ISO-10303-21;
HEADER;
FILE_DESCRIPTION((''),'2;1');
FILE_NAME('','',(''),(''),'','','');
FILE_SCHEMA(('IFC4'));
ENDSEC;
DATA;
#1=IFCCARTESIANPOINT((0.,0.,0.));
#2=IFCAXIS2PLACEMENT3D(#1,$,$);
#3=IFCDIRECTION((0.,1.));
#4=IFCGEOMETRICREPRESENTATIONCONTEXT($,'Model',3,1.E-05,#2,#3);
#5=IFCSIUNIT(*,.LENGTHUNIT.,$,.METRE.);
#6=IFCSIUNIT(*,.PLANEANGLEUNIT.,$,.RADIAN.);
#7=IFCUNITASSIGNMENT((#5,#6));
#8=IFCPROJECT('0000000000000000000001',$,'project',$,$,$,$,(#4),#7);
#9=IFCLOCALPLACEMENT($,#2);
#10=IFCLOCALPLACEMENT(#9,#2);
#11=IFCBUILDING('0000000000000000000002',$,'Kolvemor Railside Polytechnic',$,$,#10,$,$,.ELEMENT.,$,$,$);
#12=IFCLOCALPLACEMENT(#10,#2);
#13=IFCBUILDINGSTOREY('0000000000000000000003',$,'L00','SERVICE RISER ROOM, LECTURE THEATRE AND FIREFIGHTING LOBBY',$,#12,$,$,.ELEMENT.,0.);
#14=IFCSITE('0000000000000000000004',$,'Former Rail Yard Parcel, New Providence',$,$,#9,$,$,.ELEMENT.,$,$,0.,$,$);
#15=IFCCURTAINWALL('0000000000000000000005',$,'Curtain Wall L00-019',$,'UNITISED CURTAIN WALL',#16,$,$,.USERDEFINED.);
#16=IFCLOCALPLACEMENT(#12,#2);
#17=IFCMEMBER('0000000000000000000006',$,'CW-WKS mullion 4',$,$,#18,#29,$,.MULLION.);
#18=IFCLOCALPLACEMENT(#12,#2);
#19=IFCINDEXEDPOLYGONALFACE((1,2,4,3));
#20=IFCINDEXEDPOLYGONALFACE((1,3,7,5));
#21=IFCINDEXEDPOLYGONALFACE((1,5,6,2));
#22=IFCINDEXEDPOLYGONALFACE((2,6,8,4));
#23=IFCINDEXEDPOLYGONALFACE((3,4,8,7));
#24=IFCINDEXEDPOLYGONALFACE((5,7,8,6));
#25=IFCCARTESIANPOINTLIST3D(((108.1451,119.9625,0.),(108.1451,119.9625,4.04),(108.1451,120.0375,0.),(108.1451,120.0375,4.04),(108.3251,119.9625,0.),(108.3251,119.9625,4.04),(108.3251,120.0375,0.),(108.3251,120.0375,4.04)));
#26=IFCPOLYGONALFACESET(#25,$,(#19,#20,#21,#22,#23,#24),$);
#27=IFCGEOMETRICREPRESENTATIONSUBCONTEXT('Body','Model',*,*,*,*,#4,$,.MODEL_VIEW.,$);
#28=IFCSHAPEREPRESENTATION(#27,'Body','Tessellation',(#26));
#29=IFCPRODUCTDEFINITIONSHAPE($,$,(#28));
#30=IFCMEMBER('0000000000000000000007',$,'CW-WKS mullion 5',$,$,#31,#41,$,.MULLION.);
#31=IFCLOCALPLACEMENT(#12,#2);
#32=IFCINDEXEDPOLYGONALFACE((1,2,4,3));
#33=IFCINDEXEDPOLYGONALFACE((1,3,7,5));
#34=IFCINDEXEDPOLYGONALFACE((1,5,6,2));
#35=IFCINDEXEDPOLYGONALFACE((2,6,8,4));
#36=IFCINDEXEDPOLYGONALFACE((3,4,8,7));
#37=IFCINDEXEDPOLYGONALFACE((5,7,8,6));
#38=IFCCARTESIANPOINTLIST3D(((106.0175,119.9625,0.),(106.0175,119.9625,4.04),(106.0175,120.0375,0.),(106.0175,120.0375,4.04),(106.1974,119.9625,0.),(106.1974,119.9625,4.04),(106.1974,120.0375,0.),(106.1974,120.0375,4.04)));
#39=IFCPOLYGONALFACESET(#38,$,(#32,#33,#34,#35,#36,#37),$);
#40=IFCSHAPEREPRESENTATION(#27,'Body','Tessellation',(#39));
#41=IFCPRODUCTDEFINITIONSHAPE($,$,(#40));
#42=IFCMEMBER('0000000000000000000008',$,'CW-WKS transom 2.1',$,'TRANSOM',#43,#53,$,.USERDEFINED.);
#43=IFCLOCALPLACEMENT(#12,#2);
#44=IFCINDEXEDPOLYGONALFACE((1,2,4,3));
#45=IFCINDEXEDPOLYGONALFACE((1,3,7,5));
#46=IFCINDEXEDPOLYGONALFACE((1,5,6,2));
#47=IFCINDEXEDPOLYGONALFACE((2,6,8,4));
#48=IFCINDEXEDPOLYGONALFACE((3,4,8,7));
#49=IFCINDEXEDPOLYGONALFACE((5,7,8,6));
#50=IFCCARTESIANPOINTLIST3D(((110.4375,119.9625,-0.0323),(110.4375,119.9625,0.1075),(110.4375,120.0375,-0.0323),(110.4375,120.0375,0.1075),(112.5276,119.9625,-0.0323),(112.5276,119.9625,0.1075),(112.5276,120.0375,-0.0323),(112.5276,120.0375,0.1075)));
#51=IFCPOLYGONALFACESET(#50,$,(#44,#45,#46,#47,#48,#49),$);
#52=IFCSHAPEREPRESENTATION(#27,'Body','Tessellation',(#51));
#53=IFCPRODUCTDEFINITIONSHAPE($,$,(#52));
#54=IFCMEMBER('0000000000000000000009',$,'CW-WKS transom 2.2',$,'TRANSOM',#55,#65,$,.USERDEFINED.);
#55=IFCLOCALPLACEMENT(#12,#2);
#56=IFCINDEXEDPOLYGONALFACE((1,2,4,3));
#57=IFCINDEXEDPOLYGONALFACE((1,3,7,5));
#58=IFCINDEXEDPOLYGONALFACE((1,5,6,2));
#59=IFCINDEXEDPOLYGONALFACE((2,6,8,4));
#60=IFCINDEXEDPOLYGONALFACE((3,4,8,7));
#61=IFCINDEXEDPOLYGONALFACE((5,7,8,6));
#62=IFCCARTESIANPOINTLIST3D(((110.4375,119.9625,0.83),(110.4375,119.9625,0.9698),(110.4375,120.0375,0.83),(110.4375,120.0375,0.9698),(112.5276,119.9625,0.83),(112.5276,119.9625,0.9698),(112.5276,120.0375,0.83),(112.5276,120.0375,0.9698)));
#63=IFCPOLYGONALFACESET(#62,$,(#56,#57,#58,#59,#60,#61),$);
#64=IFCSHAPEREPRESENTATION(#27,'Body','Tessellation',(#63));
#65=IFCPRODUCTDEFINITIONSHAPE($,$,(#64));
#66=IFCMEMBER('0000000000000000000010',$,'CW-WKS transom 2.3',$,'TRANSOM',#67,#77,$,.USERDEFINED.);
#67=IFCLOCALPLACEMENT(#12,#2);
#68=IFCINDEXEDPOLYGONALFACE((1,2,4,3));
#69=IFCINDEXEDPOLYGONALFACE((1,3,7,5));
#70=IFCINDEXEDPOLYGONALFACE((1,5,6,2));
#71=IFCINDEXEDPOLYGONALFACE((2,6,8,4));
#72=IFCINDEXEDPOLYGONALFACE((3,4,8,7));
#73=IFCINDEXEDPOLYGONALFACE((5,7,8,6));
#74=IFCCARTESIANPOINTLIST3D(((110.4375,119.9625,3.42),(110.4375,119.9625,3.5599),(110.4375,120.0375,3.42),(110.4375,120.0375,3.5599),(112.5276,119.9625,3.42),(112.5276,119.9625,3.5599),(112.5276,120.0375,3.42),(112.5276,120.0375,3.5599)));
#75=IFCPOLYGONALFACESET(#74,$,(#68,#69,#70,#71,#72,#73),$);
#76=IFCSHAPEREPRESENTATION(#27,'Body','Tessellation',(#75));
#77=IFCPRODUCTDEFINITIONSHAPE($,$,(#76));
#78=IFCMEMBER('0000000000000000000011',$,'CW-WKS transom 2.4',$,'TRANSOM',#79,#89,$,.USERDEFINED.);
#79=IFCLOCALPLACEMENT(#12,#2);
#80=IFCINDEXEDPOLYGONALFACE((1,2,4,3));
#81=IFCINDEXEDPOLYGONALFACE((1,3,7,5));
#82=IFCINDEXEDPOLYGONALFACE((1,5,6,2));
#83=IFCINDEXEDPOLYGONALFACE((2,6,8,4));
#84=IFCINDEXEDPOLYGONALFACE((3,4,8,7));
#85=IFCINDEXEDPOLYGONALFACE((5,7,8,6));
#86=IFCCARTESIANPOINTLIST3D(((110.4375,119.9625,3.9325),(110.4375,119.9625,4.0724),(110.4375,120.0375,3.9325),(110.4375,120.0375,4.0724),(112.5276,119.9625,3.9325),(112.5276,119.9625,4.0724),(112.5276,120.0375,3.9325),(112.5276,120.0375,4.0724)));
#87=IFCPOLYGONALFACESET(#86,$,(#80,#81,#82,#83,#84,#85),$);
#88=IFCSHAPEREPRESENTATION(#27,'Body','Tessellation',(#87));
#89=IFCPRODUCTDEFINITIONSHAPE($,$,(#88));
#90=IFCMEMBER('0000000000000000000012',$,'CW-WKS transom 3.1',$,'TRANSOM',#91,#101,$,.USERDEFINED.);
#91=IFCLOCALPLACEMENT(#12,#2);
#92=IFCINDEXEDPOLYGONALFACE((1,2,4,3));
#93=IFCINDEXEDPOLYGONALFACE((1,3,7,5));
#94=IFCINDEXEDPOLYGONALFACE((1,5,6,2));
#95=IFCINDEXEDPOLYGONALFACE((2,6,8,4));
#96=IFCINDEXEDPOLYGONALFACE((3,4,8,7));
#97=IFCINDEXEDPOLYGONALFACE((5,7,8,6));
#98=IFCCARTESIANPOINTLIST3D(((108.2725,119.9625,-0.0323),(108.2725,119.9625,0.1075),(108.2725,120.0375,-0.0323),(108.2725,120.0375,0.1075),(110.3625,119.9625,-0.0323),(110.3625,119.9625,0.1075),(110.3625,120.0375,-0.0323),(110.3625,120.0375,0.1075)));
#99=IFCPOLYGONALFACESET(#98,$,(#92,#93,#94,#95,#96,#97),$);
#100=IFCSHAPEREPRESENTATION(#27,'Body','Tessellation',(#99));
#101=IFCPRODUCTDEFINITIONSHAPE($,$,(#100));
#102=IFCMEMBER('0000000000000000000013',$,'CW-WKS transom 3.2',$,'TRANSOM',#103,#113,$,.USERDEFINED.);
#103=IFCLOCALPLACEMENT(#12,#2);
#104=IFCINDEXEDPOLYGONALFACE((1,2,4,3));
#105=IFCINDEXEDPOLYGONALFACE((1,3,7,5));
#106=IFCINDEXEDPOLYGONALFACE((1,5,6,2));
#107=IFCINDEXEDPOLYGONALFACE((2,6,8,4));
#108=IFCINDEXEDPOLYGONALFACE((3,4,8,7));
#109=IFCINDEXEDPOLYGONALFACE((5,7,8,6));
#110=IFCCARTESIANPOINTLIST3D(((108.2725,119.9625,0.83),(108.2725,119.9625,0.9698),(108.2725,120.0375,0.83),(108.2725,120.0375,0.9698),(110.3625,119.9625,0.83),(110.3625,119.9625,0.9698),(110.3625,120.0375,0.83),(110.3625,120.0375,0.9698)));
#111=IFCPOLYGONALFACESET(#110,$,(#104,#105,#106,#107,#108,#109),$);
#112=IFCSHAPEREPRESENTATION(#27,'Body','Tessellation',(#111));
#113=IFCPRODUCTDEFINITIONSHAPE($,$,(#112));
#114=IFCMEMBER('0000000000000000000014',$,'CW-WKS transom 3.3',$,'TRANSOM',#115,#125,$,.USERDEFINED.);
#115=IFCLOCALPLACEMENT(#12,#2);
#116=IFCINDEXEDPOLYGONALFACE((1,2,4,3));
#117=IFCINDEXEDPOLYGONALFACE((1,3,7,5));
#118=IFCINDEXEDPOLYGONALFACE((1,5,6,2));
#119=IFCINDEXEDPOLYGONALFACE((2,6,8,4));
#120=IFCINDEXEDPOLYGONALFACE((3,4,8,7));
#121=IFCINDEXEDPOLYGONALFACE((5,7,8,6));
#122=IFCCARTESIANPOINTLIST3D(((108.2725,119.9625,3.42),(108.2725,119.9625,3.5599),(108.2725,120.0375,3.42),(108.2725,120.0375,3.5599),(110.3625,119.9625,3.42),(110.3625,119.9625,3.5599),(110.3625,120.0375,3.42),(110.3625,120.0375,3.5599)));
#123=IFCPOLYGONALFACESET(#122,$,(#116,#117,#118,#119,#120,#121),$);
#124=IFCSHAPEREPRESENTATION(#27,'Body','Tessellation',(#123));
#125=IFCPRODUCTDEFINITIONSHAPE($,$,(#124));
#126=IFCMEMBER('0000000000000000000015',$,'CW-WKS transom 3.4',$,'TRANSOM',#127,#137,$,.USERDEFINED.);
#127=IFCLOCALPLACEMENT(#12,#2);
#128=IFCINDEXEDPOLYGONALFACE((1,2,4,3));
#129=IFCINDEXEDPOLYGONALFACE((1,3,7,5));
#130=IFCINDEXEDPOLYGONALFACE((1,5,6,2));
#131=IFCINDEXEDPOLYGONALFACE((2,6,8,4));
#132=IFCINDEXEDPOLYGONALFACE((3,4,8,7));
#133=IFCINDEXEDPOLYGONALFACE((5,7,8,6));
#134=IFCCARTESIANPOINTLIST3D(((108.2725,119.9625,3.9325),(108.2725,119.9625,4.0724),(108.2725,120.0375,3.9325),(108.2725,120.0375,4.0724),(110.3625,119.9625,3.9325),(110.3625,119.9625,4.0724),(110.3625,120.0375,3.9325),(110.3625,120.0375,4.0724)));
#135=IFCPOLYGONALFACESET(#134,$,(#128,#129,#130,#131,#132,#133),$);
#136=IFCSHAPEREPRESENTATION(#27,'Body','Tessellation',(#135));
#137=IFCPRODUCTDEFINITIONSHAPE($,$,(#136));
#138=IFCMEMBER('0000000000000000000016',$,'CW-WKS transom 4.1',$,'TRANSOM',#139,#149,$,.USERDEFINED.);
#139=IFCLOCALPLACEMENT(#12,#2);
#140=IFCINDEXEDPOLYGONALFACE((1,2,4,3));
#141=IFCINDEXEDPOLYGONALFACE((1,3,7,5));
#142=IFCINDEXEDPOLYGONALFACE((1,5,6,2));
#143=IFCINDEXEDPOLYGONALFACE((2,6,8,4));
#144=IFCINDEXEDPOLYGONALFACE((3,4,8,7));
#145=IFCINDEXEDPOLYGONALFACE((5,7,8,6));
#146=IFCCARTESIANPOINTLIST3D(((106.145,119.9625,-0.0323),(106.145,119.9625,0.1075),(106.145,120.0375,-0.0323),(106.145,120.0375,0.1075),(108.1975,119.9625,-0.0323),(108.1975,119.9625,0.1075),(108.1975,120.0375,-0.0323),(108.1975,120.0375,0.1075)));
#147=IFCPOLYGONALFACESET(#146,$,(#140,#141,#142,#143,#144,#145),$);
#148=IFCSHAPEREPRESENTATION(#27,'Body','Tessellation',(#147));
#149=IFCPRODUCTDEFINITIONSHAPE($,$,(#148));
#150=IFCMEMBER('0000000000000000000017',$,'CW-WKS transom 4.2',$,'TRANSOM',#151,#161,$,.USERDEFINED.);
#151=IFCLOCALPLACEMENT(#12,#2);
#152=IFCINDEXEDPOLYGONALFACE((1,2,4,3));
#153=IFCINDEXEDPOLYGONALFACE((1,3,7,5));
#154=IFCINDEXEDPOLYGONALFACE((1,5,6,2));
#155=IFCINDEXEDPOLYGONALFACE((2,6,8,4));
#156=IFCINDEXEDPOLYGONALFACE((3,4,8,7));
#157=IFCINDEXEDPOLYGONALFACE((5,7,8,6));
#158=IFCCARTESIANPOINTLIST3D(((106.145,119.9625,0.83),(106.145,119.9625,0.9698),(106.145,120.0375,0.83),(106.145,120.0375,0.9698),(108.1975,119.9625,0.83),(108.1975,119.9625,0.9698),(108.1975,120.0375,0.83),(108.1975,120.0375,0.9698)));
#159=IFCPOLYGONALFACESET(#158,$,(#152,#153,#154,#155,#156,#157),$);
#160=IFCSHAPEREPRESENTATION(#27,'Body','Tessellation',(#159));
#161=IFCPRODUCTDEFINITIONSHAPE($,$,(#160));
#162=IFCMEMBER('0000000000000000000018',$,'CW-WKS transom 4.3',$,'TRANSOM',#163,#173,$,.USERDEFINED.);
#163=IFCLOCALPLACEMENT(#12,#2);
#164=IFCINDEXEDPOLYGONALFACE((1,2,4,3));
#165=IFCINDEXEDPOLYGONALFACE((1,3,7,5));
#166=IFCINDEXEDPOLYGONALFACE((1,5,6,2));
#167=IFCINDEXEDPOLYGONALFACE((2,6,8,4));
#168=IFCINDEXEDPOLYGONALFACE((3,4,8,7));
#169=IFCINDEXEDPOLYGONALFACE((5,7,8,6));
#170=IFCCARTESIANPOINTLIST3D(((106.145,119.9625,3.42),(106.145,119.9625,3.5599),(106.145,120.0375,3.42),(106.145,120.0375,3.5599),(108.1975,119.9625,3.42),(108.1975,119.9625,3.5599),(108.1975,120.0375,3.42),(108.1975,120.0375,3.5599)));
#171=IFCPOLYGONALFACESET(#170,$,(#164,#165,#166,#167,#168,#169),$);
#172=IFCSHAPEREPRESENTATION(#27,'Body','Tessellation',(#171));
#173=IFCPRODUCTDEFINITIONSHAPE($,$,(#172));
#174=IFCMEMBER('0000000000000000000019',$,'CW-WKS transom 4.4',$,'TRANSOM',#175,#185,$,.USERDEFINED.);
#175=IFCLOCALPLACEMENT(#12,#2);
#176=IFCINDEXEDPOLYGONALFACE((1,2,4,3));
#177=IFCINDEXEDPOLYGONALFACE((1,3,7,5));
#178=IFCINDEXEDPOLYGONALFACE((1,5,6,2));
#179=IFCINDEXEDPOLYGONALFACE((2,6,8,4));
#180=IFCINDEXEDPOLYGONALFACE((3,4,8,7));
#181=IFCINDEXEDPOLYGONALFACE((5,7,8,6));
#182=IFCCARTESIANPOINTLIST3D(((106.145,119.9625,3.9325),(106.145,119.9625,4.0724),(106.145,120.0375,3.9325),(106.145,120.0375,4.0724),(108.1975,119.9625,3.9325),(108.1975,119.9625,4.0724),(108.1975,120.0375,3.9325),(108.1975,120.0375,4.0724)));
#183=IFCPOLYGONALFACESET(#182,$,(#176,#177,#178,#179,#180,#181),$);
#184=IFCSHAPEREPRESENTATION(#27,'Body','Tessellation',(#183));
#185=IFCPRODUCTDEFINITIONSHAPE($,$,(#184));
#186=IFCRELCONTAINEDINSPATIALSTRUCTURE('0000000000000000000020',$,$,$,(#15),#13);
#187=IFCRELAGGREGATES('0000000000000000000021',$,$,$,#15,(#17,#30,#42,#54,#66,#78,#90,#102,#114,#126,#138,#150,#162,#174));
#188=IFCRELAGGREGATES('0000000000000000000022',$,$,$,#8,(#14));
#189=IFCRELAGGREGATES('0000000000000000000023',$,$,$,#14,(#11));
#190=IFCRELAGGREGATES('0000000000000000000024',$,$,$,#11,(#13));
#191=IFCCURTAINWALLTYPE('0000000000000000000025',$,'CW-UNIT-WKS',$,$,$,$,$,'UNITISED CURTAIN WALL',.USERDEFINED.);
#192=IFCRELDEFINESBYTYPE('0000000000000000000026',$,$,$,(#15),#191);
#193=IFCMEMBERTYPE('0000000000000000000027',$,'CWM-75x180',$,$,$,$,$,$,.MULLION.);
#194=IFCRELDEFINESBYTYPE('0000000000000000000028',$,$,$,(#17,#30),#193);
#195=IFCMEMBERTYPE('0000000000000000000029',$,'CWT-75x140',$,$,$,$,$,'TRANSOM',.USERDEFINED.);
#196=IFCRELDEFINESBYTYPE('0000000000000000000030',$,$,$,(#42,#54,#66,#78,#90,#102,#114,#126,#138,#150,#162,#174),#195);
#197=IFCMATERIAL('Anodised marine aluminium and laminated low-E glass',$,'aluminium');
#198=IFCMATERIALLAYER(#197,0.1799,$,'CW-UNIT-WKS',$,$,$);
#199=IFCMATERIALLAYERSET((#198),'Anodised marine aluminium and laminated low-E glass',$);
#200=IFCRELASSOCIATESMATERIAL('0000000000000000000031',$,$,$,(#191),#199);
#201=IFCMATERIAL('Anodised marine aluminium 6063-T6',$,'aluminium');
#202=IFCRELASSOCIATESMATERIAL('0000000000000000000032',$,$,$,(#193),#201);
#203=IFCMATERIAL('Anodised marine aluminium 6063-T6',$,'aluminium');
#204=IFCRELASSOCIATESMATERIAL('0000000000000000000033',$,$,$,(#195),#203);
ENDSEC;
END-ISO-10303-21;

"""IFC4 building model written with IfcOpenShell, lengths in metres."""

from ifc_helpers import new_model, si_unit, direction, frame, origin, origin_2d, place, context, subcontext, project, spatial, rectangle, extrude, material, layer, layer_set, material_profile, profile_set, type_object, element, aggregate, save


model = new_model("IFC4")

# Units and contexts
model_context = context("Model", 3, precision=1e-05, world=origin(), true_north=direction((0.0, 1.0)))
body_context = subcontext(model_context, "Body", "Model", "MODEL_VIEW")
ifc_project = project(units=[si_unit("LENGTHUNIT", "METRE"), si_unit("PLANEANGLEUNIT", "RADIAN")], contexts=[model_context])

# Site, building, storey
site_placement = place(None, origin())
site = spatial("IfcSite", under=ifc_project, at=site_placement, Name="Former Rail Yard Parcel, New Providence", CompositionType="ELEMENT", RefElevation=0.0)
building_placement = place(site_placement, origin())
building = spatial("IfcBuilding", under=site, at=building_placement, Name="Kolvemor Railside Polytechnic", CompositionType="ELEMENT")
storey_placement = place(building_placement, origin())
storey = spatial("IfcBuildingStorey", under=building, at=storey_placement, Name="L00", Description="SERVICE RISER ROOM, LECTURE THEATRE AND FIREFIGHTING LOBBY", CompositionType="ELEMENT", Elevation=0.0)

# Curtain wall, members
ifc_material_1 = material(Name="Anodised marine aluminium and laminated low-E glass", Category="aluminium")
ifc_layer_1 = layer(ifc_material_1, 0.1799, Name="CW-UNIT-WKS")
ifc_layer_set_1 = layer_set([ifc_layer_1], Name="Anodised marine aluminium and laminated low-E glass")
curtain_wall_type = type_object("IfcCurtainWallType", Name="CW-UNIT-WKS", ElementType="UNITISED CURTAIN WALL", PredefinedType="USERDEFINED", material=ifc_layer_set_1)
curtain_wall_placement = place(storey_placement, origin())
curtain_wall = element("IfcCurtainWall", 1, at=curtain_wall_placement, inside=storey, type_object=curtain_wall_type, Name="Curtain Wall L00-019", ObjectType="UNITISED CURTAIN WALL", PredefinedType="USERDEFINED")
ifc_material_2 = material(Name="Anodised marine aluminium 6063-T6", Category="aluminium")
ifc_material_profile_1 = material_profile(ifc_material_2, rectangle(XDim=0.075, YDim=0.1799, at=origin_2d()), Name="CW-MUL-75x180")
ifc_profile_set_1 = profile_set([ifc_material_profile_1], Name="Anodised marine aluminium 6063-T6")
member_type_1 = type_object("IfcMemberType", Name="CWM-75x180", PredefinedType="MULLION", material=ifc_profile_set_1)
member_1_placement = place(storey_placement, frame((108.2351, 120.0, 0.0), z_axis=(0.0, 0.0, 1.0), x_axis=(0.0, -1.0, 0.0)))
member_1 = element("IfcMember", 2, at=member_1_placement, type_object=member_type_1, Name="CW-WKS mullion 4", PredefinedType="MULLION", context=body_context, shape_type="SweptSolid", body=[
    extrude(rectangle(XDim=0.075, YDim=0.1799, at=origin_2d()), origin(), (0.0, 0.0, 1.0), 4.04),
])
member_2_placement = place(storey_placement, frame((106.1074, 120.0, 0.0), z_axis=(0.0, 0.0, 1.0), x_axis=(0.0, -1.0, 0.0)))
member_2 = element("IfcMember", 3, at=member_2_placement, type_object=member_type_1, Name="CW-WKS mullion 5", PredefinedType="MULLION", context=body_context, shape_type="SweptSolid", body=[
    extrude(rectangle(XDim=0.075, YDim=0.1799, at=origin_2d()), origin(), (0.0, 0.0, 1.0), 4.04),
])
ifc_material_3 = material(Name="Anodised marine aluminium 6063-T6", Category="aluminium")
ifc_material_profile_2 = material_profile(ifc_material_3, rectangle(XDim=0.075, YDim=0.1399, at=origin_2d()), Name="CW-TRN-75x140")
ifc_profile_set_2 = profile_set([ifc_material_profile_2], Name="Anodised marine aluminium 6063-T6")
member_type_2 = type_object("IfcMemberType", Name="CWT-75x140", ElementType="TRANSOM", PredefinedType="USERDEFINED", material=ifc_profile_set_2)
member_3_placement = place(storey_placement, frame((112.5276, 120.0, 0.0376), z_axis=(-1.0, 0.0, 0.0), x_axis=(0.0, -1.0, 0.0)))
member_3 = element("IfcMember", 4, at=member_3_placement, type_object=member_type_2, Name="CW-WKS transom 2.1", ObjectType="TRANSOM", PredefinedType="USERDEFINED", context=body_context, shape_type="SweptSolid", body=[
    extrude(rectangle(XDim=0.075, YDim=0.1399, at=origin_2d()), origin(), (0.0, 0.0, 1.0), 2.0901),
])
member_4_placement = place(storey_placement, frame((112.5276, 120.0, 0.8999), z_axis=(-1.0, 0.0, 0.0), x_axis=(0.0, -1.0, 0.0)))
member_4 = element("IfcMember", 5, at=member_4_placement, type_object=member_type_2, Name="CW-WKS transom 2.2", ObjectType="TRANSOM", PredefinedType="USERDEFINED", context=body_context, shape_type="SweptSolid", body=[
    extrude(rectangle(XDim=0.075, YDim=0.1399, at=origin_2d()), origin(), (0.0, 0.0, 1.0), 2.0901),
])
member_5_placement = place(storey_placement, frame((112.5276, 120.0, 3.49), z_axis=(-1.0, 0.0, 0.0), x_axis=(0.0, -1.0, 0.0)))
member_5 = element("IfcMember", 6, at=member_5_placement, type_object=member_type_2, Name="CW-WKS transom 2.3", ObjectType="TRANSOM", PredefinedType="USERDEFINED", context=body_context, shape_type="SweptSolid", body=[
    extrude(rectangle(XDim=0.075, YDim=0.1399, at=origin_2d()), origin(), (0.0, 0.0, 1.0), 2.0901),
])
member_6_placement = place(storey_placement, frame((112.5276, 120.0, 4.0024), z_axis=(-1.0, 0.0, 0.0), x_axis=(0.0, -1.0, 0.0)))
member_6 = element("IfcMember", 7, at=member_6_placement, type_object=member_type_2, Name="CW-WKS transom 2.4", ObjectType="TRANSOM", PredefinedType="USERDEFINED", context=body_context, shape_type="SweptSolid", body=[
    extrude(rectangle(XDim=0.075, YDim=0.1399, at=origin_2d()), origin(), (0.0, 0.0, 1.0), 2.0901),
])
member_7_placement = place(storey_placement, frame((110.3625, 120.0, 0.0376), z_axis=(-1.0, 0.0, 0.0), x_axis=(0.0, -1.0, 0.0)))
member_7 = element("IfcMember", 8, at=member_7_placement, type_object=member_type_2, Name="CW-WKS transom 3.1", ObjectType="TRANSOM", PredefinedType="USERDEFINED", context=body_context, shape_type="SweptSolid", body=[
    extrude(rectangle(XDim=0.075, YDim=0.1399, at=origin_2d()), origin(), (0.0, 0.0, 1.0), 2.0901),
])
member_8_placement = place(storey_placement, frame((110.3625, 120.0, 0.8999), z_axis=(-1.0, 0.0, 0.0), x_axis=(0.0, -1.0, 0.0)))
member_8 = element("IfcMember", 9, at=member_8_placement, type_object=member_type_2, Name="CW-WKS transom 3.2", ObjectType="TRANSOM", PredefinedType="USERDEFINED", context=body_context, shape_type="SweptSolid", body=[
    extrude(rectangle(XDim=0.075, YDim=0.1399, at=origin_2d()), origin(), (0.0, 0.0, 1.0), 2.0901),
])
member_9_placement = place(storey_placement, frame((110.3625, 120.0, 3.49), z_axis=(-1.0, 0.0, 0.0), x_axis=(0.0, -1.0, 0.0)))
member_9 = element("IfcMember", 10, at=member_9_placement, type_object=member_type_2, Name="CW-WKS transom 3.3", ObjectType="TRANSOM", PredefinedType="USERDEFINED", context=body_context, shape_type="SweptSolid", body=[
    extrude(rectangle(XDim=0.075, YDim=0.1399, at=origin_2d()), origin(), (0.0, 0.0, 1.0), 2.0901),
])
member_10_placement = place(storey_placement, frame((110.3625, 120.0, 4.0024), z_axis=(-1.0, 0.0, 0.0), x_axis=(0.0, -1.0, 0.0)))
member_10 = element("IfcMember", 11, at=member_10_placement, type_object=member_type_2, Name="CW-WKS transom 3.4", ObjectType="TRANSOM", PredefinedType="USERDEFINED", context=body_context, shape_type="SweptSolid", body=[
    extrude(rectangle(XDim=0.075, YDim=0.1399, at=origin_2d()), origin(), (0.0, 0.0, 1.0), 2.0901),
])
member_11_placement = place(storey_placement, frame((108.1975, 120.0, 0.0376), z_axis=(-1.0, 0.0, 0.0), x_axis=(0.0, -1.0, 0.0)))
member_11 = element("IfcMember", 12, at=member_11_placement, type_object=member_type_2, Name="CW-WKS transom 4.1", ObjectType="TRANSOM", PredefinedType="USERDEFINED", context=body_context, shape_type="SweptSolid", body=[
    extrude(rectangle(XDim=0.075, YDim=0.1399, at=origin_2d()), origin(), (0.0, 0.0, 1.0), 2.0525),
])
member_12_placement = place(storey_placement, frame((108.1975, 120.0, 0.8999), z_axis=(-1.0, 0.0, 0.0), x_axis=(0.0, -1.0, 0.0)))
member_12 = element("IfcMember", 13, at=member_12_placement, type_object=member_type_2, Name="CW-WKS transom 4.2", ObjectType="TRANSOM", PredefinedType="USERDEFINED", context=body_context, shape_type="SweptSolid", body=[
    extrude(rectangle(XDim=0.075, YDim=0.1399, at=origin_2d()), origin(), (0.0, 0.0, 1.0), 2.0525),
])
member_13_placement = place(storey_placement, frame((108.1975, 120.0, 3.49), z_axis=(-1.0, 0.0, 0.0), x_axis=(0.0, -1.0, 0.0)))
member_13 = element("IfcMember", 14, at=member_13_placement, type_object=member_type_2, Name="CW-WKS transom 4.3", ObjectType="TRANSOM", PredefinedType="USERDEFINED", context=body_context, shape_type="SweptSolid", body=[
    extrude(rectangle(XDim=0.075, YDim=0.1399, at=origin_2d()), origin(), (0.0, 0.0, 1.0), 2.0525),
])
member_14_placement = place(storey_placement, frame((108.1975, 120.0, 4.0024), z_axis=(-1.0, 0.0, 0.0), x_axis=(0.0, -1.0, 0.0)))
member_14 = element("IfcMember", 15, at=member_14_placement, type_object=member_type_2, Name="CW-WKS transom 4.4", ObjectType="TRANSOM", PredefinedType="USERDEFINED", context=body_context, shape_type="SweptSolid", body=[
    extrude(rectangle(XDim=0.075, YDim=0.1399, at=origin_2d()), origin(), (0.0, 0.0, 1.0), 2.0525),
])
aggregate(curtain_wall, [member_1, member_2, member_3, member_4, member_5, member_6, member_7, member_8, member_9, member_10, member_11, member_12, member_13, member_14])

save(model, "model.ifc")
